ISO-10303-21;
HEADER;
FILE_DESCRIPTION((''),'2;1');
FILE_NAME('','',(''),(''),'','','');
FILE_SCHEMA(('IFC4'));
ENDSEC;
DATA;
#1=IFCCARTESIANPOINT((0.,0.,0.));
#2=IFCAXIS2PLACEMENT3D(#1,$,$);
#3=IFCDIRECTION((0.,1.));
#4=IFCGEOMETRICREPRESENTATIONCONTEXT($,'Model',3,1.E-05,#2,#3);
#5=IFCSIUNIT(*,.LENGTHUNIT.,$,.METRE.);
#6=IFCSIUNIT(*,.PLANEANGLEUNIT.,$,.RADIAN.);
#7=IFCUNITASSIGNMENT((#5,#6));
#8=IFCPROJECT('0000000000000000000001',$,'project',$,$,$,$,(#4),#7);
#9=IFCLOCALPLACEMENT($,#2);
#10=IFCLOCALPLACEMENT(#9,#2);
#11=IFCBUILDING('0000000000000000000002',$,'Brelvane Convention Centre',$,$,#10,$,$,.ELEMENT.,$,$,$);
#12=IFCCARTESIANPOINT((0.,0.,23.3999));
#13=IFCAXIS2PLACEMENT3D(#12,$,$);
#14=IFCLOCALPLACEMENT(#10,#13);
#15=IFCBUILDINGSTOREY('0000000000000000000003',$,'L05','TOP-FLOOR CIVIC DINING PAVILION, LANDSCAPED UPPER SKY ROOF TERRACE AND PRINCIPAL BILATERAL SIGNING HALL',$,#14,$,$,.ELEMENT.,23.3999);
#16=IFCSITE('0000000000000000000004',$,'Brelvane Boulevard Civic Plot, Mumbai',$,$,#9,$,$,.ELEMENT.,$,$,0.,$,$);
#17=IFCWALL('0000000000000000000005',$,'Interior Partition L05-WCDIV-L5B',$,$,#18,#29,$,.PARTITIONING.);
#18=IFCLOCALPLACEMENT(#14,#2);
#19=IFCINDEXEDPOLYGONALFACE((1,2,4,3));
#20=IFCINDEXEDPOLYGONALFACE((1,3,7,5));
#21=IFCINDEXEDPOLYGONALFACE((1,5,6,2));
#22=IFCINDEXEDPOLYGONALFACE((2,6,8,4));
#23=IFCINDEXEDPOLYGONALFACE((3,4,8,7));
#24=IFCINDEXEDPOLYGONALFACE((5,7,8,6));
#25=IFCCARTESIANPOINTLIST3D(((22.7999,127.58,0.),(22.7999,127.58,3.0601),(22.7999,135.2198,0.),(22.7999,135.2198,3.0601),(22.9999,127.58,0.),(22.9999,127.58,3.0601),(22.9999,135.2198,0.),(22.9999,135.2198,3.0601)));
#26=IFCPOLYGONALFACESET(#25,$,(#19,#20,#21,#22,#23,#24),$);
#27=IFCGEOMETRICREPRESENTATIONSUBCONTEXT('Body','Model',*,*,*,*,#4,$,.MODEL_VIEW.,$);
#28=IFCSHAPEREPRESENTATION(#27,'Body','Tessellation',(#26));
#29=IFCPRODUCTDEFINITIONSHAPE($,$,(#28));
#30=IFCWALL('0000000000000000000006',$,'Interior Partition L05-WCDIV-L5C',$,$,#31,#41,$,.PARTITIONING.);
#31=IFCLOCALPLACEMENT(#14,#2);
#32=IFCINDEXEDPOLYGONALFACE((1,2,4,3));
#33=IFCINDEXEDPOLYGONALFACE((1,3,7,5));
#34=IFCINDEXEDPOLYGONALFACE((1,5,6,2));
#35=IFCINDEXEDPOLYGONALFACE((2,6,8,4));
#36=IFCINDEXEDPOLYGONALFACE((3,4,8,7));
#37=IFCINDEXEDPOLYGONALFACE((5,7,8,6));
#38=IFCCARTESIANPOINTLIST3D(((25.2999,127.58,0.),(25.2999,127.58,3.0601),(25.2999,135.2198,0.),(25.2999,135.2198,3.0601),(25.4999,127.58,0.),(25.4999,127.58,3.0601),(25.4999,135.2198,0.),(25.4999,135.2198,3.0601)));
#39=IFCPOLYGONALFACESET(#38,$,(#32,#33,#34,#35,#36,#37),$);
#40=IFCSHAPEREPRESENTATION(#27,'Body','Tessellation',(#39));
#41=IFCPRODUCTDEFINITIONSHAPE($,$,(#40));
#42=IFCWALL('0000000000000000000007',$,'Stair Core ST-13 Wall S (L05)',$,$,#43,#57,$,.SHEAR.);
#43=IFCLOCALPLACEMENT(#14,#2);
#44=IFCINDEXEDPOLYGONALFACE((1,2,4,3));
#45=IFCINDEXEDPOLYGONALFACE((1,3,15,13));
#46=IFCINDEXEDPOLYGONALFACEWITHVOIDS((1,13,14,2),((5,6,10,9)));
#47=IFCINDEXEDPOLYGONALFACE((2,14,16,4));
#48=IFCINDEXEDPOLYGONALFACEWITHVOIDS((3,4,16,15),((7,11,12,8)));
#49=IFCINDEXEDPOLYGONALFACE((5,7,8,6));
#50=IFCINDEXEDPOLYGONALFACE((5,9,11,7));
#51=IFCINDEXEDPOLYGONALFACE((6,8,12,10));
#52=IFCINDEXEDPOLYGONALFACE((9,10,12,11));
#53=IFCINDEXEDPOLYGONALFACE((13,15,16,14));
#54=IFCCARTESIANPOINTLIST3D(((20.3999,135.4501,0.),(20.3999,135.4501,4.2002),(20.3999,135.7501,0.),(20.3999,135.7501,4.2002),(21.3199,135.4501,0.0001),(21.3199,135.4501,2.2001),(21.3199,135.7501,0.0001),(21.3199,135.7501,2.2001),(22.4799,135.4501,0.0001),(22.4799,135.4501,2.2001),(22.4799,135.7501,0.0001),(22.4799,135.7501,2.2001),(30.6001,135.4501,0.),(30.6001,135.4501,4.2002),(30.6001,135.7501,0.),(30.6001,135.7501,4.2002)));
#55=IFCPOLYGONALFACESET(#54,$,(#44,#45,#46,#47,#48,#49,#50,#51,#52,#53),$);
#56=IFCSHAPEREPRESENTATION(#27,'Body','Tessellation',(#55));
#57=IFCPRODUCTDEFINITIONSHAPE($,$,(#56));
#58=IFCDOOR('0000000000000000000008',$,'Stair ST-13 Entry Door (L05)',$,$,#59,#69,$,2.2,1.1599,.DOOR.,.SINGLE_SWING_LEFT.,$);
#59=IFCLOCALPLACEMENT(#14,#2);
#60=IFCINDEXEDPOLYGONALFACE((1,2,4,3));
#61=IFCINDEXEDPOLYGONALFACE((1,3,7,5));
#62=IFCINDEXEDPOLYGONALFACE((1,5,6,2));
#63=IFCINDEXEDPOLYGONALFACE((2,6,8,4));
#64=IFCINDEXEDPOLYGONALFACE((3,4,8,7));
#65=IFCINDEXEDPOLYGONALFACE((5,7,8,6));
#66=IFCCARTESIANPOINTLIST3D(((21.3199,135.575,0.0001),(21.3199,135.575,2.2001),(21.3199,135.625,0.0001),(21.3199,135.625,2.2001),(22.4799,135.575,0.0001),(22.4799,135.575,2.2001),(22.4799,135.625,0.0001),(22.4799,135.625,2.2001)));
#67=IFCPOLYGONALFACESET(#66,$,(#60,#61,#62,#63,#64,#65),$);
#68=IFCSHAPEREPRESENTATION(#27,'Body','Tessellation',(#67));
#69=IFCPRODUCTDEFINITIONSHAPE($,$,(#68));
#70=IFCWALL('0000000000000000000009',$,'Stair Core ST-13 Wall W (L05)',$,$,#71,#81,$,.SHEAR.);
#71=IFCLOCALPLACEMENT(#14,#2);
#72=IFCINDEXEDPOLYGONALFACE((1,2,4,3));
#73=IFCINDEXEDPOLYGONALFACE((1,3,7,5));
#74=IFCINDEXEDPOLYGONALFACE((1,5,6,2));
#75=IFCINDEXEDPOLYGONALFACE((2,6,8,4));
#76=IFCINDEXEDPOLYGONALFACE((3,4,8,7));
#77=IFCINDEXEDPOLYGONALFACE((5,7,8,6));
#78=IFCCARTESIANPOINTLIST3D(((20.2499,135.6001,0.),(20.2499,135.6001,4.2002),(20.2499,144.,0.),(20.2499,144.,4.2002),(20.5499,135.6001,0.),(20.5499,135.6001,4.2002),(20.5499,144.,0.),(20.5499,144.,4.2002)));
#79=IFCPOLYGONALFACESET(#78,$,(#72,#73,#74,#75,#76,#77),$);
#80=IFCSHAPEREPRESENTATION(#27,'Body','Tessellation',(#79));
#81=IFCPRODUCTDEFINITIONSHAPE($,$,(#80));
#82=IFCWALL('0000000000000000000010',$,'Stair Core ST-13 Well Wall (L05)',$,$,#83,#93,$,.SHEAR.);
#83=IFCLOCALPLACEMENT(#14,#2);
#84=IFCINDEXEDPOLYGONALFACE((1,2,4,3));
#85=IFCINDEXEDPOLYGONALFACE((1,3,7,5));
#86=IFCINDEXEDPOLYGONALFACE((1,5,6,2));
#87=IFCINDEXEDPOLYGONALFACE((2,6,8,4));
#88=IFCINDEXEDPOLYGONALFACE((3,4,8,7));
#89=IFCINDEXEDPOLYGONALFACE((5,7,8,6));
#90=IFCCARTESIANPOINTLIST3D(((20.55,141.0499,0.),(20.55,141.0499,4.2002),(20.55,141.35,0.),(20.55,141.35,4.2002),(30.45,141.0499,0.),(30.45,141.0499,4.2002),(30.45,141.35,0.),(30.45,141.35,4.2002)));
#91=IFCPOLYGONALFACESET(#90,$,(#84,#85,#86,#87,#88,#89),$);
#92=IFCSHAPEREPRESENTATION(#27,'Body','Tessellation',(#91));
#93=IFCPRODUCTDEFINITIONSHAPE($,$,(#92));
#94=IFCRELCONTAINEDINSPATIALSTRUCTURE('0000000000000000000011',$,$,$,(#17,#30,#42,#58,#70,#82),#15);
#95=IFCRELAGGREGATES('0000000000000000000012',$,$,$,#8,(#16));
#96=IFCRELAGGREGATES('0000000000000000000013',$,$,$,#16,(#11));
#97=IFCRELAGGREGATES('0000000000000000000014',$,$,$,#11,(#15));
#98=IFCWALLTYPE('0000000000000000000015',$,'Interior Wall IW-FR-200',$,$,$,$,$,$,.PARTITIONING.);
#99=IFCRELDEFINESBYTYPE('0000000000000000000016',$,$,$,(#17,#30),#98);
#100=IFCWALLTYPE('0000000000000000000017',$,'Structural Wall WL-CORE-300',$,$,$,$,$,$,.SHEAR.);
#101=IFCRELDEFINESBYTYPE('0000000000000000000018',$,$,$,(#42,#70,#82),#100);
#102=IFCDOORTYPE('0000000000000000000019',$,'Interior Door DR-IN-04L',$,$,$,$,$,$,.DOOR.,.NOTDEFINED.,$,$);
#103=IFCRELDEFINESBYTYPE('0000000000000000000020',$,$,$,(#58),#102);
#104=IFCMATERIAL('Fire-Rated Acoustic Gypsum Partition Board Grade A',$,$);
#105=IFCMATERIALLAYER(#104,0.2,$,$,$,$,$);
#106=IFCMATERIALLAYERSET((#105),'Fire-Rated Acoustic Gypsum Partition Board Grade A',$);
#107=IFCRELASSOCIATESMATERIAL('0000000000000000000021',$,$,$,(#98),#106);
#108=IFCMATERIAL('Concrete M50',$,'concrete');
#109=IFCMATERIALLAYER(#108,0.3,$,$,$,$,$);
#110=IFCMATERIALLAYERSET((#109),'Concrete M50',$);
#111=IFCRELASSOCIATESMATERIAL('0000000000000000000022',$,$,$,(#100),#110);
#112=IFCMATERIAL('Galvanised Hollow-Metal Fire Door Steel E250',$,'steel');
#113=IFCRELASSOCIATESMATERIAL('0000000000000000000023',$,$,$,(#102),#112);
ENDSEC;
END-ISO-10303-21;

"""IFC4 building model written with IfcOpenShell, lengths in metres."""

from ifc_helpers import new_model, si_unit, direction, frame, frame_2d, origin, place, context, subcontext, project, spatial, rectangle, extrude, material, layer, layer_set, type_object, element, fill, save


model = new_model("IFC4")

# Units and contexts
model_context = context("Model", 3, precision=1e-05, world=origin(), true_north=direction((0.0, 1.0)))
body_context = subcontext(model_context, "Body", "Model", "MODEL_VIEW")
ifc_project = project(units=[si_unit("LENGTHUNIT", "METRE"), si_unit("PLANEANGLEUNIT", "RADIAN")], contexts=[model_context])

# Site, building, storey
site_placement = place(None, origin())
site = spatial("IfcSite", under=ifc_project, at=site_placement, Name="Brelvane Boulevard Civic Plot, Mumbai", CompositionType="ELEMENT", RefElevation=0.0)
building_placement = place(site_placement, origin())
building = spatial("IfcBuilding", under=site, at=building_placement, Name="Brelvane Convention Centre", CompositionType="ELEMENT")
storey_placement = place(building_placement, frame((0.0, 0.0, 23.3999)))
storey = spatial("IfcBuildingStorey", under=building, at=storey_placement, Name="L05", Description="TOP-FLOOR CIVIC DINING PAVILION, LANDSCAPED UPPER SKY ROOF TERRACE AND PRINCIPAL BILATERAL SIGNING HALL", CompositionType="ELEMENT", Elevation=23.3999)

# Shared definitions
ifc_material_1 = material(Name="Fire-Rated Acoustic Gypsum Partition Board Grade A")
ifc_layer_1 = layer(ifc_material_1, 0.2)
ifc_layer_set_1 = layer_set([ifc_layer_1], Name="Fire-Rated Acoustic Gypsum Partition Board Grade A")
wall_type_1 = type_object("IfcWallType", Name="Interior Wall IW-FR-200", PredefinedType="PARTITIONING", material=ifc_layer_set_1)

# Walls
for number, where, z_axis, x_axis, name in (
    (1, (22.8999, 127.5801, 0.0), (0.0, 0.0, 1.0), (0.0, 1.0, 0.0), "Interior Partition L05-WCDIV-L5B"),
    (2, (25.3999, 127.5801, 0.0), (0.0, 0.0, 1.0), (0.0, 1.0, 0.0), "Interior Partition L05-WCDIV-L5C"),
):
    element("IfcWall", number, at=place(storey_placement, frame(where, z_axis=z_axis, x_axis=x_axis)), inside=storey, type_object=wall_type_1, Name=name, PredefinedType="PARTITIONING", context=body_context, shape_type="SweptSolid", body=[
        extrude(rectangle(XDim=7.6399, YDim=0.2, at=frame_2d((3.8198, 0.0))), origin(), (0.0, 0.0, 1.0), 3.0601),
    ])

# Wall, opening, door
ifc_material_2 = material(Name="Concrete M50", Category="concrete")
ifc_layer_2 = layer(ifc_material_2, 0.3)
ifc_layer_set_2 = layer_set([ifc_layer_2], Name="Concrete M50")
wall_type_2 = type_object("IfcWallType", Name="Structural Wall WL-CORE-300", PredefinedType="SHEAR", material=ifc_layer_set_2)
wall_1_placement = place(storey_placement, frame((20.3999, 135.6001, 0.0), z_axis=(0.0, 0.0, 1.0), x_axis=(1.0, 0.0, 0.0)))
wall_1 = element("IfcWall", 3, at=wall_1_placement, inside=storey, type_object=wall_type_2, Name="Stair Core ST-13 Wall S (L05)", PredefinedType="SHEAR", context=body_context, shape_type="SweptSolid", body=[
    extrude(rectangle(XDim=10.2002, YDim=0.3, at=frame_2d((5.1001, 0.0))), origin(), (0.0, 0.0, 1.0), 4.2002),
])
opening_1_placement = place(wall_1_placement, frame((0.9199, 0.0, 0.0)))
opening_1 = element("IfcOpeningElement", 4, at=opening_1_placement, cuts=wall_1, PredefinedType="OPENING", context=body_context, shape_type="SweptSolid", body=[
    extrude(rectangle(XDim=1.1599, YDim=2.2, at=frame_2d((0.5801, 1.1001))), frame((0.0, 0.1599, 0.0), z_axis=(0.0, -1.0, 0.0), x_axis=(1.0, 0.0, 0.0)), (0.0, 0.0, 1.0), 0.3201),
])
ifc_material_3 = material(Name="Galvanised Hollow-Metal Fire Door Steel E250", Category="steel")
door_type_1 = type_object("IfcDoorType", Name="Interior Door DR-IN-04L", OperationType="NOTDEFINED", PredefinedType="DOOR", material=ifc_material_3)
door_1_placement = place(opening_1_placement, origin())
door_1 = element("IfcDoor", 5, at=door_1_placement, inside=storey, type_object=door_type_1, Name="Stair ST-13 Entry Door (L05)", OperationType="SINGLE_SWING_LEFT", OverallHeight=2.2, OverallWidth=1.1599, PredefinedType="DOOR", context=body_context, shape_type="SweptSolid", body=[
    extrude(rectangle(XDim=1.1599, YDim=2.2, at=frame_2d((0.5801, 1.1001))), frame((0.0, 0.0249, 0.0), z_axis=(0.0, -1.0, 0.0), x_axis=(1.0, 0.0, 0.0)), (0.0, 0.0, 1.0), 0.05),
])
fill(opening_1, door_1)

# Walls
wall_2_placement = place(storey_placement, frame((20.3999, 135.6001, 0.0), z_axis=(0.0, 0.0, 1.0), x_axis=(0.0, 1.0, 0.0)))
element("IfcWall", 6, at=wall_2_placement, inside=storey, type_object=wall_type_2, Name="Stair Core ST-13 Wall W (L05)", PredefinedType="SHEAR", context=body_context, shape_type="SweptSolid", body=[
    extrude(rectangle(XDim=8.3999, YDim=0.3, at=frame_2d((4.2, 0.0))), origin(), (0.0, 0.0, 1.0), 4.2002),
])
wall_3_placement = place(storey_placement, frame((20.55, 141.2, 0.0), z_axis=(0.0, 0.0, 1.0), x_axis=(1.0, 0.0, 0.0)))
element("IfcWall", 7, at=wall_3_placement, inside=storey, type_object=wall_type_2, Name="Stair Core ST-13 Well Wall (L05)", PredefinedType="SHEAR", context=body_context, shape_type="SweptSolid", body=[
    extrude(rectangle(XDim=9.8999, YDim=0.3, at=frame_2d((4.95, 0.0))), origin(), (0.0, 0.0, 1.0), 4.2002),
])

save(model, "model.ifc")
